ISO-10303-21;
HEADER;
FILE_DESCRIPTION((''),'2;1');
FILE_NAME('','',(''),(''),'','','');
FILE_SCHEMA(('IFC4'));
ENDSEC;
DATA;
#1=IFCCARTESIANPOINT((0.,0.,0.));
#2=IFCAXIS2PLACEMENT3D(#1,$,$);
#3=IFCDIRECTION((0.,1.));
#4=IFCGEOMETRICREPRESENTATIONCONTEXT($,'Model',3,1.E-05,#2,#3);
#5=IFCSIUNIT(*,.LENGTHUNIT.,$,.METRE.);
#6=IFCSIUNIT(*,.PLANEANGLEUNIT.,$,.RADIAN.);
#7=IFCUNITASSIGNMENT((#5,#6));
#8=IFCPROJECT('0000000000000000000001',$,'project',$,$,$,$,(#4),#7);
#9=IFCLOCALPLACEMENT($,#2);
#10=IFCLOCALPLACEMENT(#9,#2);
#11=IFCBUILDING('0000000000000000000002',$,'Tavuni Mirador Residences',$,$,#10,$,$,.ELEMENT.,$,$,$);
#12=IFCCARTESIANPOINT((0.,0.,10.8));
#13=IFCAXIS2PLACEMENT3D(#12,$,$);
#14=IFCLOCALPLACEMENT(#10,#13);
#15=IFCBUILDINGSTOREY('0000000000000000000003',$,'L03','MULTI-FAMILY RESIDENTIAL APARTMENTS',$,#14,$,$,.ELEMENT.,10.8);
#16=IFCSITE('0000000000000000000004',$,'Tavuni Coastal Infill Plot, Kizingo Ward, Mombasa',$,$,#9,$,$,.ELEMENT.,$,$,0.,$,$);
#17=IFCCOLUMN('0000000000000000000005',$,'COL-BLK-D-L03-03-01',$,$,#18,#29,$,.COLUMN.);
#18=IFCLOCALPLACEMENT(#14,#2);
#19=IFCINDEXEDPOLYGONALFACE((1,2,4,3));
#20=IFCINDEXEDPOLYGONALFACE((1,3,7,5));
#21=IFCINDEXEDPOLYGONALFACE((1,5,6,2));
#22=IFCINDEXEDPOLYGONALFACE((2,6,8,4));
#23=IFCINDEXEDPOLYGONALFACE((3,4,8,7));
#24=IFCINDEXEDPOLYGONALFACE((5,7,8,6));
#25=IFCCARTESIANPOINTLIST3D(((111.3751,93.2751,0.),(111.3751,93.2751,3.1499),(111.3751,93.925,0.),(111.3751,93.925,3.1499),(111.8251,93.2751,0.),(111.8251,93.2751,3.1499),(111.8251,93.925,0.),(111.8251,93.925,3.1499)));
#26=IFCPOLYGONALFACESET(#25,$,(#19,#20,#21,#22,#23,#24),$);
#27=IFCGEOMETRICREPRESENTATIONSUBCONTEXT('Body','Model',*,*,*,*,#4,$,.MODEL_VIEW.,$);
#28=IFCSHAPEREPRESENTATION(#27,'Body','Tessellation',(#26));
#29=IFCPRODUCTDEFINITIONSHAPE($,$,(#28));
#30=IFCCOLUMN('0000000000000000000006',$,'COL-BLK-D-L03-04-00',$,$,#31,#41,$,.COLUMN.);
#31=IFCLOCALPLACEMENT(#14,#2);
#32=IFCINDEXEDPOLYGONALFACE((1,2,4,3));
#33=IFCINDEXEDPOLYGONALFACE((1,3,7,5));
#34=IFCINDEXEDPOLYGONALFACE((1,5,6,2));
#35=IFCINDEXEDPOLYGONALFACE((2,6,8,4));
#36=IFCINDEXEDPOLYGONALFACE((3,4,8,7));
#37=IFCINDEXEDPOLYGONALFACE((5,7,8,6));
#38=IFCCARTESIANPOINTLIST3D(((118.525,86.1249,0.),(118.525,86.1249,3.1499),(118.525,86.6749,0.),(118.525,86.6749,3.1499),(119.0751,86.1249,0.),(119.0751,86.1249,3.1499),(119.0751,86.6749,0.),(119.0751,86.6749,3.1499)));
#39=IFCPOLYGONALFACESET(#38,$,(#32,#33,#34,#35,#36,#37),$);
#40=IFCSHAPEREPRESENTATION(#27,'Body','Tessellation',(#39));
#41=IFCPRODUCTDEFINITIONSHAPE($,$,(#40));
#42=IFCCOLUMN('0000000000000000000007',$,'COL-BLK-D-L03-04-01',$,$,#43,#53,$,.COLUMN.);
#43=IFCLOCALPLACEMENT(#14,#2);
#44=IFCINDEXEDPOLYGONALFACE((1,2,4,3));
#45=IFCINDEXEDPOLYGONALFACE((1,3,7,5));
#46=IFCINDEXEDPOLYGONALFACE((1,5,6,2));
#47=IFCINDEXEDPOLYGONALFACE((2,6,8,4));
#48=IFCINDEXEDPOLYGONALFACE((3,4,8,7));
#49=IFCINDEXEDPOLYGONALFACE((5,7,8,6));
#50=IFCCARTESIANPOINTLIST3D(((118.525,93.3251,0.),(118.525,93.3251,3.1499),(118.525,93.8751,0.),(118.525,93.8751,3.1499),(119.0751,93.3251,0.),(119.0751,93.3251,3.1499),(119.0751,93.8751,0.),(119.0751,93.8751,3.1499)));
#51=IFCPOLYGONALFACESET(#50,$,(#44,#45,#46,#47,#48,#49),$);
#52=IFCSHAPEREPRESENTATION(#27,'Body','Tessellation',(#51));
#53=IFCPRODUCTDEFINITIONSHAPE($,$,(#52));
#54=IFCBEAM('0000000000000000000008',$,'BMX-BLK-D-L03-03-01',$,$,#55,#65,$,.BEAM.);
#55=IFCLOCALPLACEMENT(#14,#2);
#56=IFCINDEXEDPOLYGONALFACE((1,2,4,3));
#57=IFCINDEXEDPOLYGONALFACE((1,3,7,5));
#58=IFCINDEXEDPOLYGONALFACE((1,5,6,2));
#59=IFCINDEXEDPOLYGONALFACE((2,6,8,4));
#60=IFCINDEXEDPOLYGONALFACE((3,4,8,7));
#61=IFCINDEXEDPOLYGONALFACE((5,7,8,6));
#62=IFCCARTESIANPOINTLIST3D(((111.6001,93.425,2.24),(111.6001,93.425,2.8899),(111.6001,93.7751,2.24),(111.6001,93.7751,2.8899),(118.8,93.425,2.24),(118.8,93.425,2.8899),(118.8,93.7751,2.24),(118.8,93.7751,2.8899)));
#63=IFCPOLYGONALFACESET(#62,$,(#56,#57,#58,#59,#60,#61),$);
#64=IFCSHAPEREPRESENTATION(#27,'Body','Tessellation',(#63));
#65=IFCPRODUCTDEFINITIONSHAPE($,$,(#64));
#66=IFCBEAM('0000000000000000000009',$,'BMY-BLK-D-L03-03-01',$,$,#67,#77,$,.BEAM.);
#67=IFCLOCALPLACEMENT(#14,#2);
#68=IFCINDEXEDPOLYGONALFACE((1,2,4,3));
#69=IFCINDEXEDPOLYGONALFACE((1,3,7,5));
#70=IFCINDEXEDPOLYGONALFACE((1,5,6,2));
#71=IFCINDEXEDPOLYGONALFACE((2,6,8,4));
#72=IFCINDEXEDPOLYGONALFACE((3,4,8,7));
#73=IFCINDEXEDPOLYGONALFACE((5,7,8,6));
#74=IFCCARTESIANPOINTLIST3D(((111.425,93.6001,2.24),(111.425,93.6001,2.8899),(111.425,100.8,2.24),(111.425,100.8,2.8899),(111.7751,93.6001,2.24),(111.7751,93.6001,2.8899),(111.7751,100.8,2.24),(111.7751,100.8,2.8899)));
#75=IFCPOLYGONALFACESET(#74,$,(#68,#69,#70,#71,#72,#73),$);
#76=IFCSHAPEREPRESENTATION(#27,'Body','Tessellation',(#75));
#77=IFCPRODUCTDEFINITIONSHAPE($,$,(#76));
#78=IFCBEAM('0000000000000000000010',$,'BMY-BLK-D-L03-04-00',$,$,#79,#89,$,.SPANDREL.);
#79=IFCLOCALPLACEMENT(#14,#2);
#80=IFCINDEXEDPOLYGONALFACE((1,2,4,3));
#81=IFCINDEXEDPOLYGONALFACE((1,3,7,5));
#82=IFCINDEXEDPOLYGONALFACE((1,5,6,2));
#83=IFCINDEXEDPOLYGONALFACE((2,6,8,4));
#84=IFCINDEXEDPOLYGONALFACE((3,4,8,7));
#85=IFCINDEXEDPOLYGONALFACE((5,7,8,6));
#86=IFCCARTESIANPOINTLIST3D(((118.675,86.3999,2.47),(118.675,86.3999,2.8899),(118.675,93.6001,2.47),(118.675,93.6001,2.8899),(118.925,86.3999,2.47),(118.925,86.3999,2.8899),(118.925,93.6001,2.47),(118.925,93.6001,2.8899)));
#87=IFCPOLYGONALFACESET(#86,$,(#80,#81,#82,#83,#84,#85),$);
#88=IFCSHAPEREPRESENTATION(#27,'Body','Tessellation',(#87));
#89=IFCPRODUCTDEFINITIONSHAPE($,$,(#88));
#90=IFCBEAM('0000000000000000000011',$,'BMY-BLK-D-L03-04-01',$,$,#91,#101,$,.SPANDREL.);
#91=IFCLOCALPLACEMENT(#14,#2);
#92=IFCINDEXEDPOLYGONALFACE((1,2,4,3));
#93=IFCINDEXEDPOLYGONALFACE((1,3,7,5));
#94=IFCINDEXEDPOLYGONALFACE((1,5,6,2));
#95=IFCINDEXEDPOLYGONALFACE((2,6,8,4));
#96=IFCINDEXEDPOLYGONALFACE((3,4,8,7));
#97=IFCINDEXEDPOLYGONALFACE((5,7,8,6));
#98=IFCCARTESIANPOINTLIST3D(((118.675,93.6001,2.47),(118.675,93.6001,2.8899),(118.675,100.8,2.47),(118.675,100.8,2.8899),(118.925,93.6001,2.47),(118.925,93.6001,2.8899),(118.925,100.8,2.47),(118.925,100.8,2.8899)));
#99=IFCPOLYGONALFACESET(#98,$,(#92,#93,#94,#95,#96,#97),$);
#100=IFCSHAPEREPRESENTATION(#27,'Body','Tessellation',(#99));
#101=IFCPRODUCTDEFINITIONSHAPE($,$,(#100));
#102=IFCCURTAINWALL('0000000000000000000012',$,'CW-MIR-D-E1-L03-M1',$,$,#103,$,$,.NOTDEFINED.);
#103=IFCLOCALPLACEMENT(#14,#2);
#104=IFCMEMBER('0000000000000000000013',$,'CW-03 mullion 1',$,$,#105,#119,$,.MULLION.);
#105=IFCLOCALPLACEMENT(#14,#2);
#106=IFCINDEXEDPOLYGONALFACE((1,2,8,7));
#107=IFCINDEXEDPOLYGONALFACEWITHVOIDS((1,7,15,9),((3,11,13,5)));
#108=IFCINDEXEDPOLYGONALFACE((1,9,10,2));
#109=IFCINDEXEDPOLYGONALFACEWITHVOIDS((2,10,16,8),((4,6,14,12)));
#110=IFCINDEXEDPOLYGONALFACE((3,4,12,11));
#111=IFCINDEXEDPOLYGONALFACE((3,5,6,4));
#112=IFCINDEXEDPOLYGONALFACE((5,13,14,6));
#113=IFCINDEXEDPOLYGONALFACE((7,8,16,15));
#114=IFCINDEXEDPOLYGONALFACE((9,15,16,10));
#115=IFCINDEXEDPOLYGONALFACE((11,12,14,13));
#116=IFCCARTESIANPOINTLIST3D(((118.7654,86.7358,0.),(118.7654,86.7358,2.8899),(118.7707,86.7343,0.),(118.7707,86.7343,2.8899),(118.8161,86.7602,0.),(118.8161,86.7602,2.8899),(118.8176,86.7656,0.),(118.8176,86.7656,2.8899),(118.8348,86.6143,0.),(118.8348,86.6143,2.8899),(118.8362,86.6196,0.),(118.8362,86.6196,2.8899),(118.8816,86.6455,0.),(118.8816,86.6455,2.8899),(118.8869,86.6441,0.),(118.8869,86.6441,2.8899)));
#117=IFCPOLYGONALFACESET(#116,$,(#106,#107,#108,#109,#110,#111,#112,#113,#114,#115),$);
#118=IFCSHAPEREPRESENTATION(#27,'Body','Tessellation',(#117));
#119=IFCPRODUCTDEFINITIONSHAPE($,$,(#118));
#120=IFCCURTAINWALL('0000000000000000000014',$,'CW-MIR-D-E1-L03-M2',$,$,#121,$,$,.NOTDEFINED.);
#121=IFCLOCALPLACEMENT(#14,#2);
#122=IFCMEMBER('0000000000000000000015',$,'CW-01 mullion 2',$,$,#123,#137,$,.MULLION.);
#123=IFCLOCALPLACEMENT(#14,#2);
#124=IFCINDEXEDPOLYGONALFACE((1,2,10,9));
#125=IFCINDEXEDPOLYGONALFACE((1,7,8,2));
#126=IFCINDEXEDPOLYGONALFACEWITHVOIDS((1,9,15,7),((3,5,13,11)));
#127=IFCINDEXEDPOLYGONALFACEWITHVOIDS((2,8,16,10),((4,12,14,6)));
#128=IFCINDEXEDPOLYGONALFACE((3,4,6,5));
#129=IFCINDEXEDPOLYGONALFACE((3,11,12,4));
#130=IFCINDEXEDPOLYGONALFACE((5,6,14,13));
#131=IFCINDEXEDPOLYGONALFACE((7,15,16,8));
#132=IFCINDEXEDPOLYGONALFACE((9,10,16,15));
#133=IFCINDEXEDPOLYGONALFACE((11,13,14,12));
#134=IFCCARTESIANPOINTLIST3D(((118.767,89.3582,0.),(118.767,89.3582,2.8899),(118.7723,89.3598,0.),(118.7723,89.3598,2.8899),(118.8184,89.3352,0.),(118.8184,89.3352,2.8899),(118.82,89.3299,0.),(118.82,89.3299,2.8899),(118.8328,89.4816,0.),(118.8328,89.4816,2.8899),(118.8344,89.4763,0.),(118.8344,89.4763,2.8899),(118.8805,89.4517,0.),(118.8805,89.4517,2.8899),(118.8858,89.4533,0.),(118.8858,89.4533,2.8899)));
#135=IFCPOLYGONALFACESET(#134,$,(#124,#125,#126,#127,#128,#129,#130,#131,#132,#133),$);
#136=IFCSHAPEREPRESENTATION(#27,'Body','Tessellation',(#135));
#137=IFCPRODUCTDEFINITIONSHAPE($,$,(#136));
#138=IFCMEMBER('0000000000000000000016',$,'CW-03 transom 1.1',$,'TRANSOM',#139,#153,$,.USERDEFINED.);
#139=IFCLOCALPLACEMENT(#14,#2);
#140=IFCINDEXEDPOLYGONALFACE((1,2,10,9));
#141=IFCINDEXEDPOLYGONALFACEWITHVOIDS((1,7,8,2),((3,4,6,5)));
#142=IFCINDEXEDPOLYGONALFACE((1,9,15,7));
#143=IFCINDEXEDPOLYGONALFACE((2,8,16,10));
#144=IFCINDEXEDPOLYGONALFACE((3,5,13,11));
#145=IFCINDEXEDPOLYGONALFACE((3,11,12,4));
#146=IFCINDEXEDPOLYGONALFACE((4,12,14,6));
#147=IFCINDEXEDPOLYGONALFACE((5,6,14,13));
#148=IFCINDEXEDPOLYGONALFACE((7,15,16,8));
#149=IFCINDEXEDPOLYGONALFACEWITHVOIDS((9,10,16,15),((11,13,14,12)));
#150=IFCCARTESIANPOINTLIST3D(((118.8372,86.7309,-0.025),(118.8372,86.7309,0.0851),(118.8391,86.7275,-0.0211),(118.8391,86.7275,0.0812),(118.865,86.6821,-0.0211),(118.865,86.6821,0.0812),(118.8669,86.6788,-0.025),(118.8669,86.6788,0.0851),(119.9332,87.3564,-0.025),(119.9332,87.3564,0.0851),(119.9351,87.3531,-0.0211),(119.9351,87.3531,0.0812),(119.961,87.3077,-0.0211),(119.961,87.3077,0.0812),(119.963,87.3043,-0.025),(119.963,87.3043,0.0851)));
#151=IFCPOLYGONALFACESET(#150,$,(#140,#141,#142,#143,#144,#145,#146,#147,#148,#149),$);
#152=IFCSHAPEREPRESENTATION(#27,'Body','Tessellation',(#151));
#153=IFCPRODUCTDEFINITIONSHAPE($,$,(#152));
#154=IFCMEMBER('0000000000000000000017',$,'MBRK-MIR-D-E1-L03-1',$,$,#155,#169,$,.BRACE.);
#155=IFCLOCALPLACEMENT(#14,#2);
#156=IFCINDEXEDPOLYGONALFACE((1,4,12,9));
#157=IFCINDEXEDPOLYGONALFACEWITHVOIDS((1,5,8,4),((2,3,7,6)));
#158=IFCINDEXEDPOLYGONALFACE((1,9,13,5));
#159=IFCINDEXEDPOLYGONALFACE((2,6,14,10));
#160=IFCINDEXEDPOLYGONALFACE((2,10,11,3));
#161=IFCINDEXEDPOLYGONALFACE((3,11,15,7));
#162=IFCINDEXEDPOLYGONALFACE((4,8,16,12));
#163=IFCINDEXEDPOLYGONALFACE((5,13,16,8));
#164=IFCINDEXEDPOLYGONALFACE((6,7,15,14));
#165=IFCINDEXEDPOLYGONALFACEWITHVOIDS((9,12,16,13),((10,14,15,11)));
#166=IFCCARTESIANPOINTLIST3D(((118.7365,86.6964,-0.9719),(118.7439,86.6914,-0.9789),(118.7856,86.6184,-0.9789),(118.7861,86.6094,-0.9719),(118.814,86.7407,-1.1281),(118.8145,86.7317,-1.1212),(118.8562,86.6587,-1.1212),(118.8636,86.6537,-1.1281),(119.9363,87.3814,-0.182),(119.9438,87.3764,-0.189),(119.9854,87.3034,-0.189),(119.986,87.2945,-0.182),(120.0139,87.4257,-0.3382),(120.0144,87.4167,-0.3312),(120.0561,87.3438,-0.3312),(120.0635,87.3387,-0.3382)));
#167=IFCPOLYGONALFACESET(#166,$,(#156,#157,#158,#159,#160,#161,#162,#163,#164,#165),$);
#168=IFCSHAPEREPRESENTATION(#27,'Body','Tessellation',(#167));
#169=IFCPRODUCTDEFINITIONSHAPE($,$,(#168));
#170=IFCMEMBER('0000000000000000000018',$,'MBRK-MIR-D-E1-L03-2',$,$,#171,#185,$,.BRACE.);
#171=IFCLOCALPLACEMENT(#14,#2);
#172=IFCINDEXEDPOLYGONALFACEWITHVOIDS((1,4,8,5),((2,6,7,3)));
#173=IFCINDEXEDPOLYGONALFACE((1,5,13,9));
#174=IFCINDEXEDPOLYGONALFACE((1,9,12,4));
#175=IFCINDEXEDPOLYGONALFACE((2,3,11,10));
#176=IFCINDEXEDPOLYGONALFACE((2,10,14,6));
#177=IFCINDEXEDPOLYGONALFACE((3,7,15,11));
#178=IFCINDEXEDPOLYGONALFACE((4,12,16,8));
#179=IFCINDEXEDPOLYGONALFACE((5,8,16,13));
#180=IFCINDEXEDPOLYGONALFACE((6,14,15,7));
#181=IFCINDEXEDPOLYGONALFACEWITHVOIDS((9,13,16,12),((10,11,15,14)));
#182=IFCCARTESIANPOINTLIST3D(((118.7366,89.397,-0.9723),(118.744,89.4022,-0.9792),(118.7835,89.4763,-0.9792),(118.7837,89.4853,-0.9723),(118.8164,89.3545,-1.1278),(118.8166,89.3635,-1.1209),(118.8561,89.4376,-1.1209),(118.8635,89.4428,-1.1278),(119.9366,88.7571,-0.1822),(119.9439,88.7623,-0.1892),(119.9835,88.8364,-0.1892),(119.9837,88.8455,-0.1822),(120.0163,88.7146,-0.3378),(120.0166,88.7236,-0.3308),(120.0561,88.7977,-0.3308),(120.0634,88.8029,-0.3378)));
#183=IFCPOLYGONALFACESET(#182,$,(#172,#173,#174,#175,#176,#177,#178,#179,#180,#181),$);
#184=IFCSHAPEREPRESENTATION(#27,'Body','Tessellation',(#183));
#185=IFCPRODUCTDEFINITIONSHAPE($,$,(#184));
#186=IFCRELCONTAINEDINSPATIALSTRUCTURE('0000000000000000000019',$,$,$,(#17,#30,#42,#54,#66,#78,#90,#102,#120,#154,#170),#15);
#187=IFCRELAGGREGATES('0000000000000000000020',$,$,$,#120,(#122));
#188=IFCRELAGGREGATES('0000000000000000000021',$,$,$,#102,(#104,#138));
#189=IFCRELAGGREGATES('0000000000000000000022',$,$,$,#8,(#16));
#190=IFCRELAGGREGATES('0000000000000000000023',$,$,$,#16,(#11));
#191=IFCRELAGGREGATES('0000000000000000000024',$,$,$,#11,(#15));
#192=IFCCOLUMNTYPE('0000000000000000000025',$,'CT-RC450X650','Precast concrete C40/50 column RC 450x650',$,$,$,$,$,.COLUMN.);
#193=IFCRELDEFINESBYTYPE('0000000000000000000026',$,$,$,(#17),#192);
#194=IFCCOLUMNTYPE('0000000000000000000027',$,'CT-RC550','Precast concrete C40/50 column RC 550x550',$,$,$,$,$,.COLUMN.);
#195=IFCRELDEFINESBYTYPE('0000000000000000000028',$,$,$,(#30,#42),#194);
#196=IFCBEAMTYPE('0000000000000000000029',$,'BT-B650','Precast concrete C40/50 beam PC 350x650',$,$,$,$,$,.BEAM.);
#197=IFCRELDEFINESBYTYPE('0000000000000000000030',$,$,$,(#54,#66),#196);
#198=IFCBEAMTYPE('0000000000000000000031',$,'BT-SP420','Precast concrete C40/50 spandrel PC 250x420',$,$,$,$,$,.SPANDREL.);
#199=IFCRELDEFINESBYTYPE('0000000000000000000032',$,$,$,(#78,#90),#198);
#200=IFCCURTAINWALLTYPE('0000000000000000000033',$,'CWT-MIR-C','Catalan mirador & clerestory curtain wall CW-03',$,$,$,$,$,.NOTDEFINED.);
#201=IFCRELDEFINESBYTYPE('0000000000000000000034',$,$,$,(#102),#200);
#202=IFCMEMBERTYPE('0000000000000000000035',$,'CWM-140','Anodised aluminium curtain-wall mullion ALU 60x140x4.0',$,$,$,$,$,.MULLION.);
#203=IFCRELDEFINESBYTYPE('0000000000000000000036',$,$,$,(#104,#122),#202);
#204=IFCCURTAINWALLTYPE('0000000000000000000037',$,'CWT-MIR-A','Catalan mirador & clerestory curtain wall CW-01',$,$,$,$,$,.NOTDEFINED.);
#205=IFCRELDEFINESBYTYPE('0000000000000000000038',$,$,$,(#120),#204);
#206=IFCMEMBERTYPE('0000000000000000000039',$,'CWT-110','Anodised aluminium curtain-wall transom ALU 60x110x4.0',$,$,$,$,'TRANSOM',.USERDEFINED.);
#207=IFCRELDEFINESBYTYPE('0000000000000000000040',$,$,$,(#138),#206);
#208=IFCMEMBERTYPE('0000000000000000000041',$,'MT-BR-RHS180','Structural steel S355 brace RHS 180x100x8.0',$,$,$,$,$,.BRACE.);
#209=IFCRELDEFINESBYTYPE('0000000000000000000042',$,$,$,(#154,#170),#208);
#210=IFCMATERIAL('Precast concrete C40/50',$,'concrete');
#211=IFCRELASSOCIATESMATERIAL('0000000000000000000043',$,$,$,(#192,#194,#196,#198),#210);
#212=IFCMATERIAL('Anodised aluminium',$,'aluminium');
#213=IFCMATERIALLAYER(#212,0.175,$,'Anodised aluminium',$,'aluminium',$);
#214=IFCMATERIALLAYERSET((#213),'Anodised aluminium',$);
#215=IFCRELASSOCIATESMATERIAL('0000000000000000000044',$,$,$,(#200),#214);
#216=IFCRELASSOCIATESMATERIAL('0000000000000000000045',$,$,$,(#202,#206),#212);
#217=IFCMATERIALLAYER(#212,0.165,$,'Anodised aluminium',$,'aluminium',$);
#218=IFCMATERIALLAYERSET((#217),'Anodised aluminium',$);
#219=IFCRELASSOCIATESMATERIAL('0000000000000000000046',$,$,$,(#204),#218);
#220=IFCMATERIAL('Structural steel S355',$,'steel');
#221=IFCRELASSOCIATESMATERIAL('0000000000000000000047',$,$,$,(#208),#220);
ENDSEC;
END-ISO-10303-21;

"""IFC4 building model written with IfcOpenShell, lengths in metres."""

from ifc_helpers import new_model, si_unit, direction, frame, origin, origin_2d, place, context, subcontext, project, spatial, rectangle, hollow_rectangle, extrude, material, layer, layer_set, material_profile, profile_set, type_object, element, aggregate, save


model = new_model("IFC4")

# Units and contexts
model_context = context("Model", 3, precision=1e-05, world=origin(), true_north=direction((0.0, 1.0)))
body_context = subcontext(model_context, "Body", "Model", "MODEL_VIEW")
ifc_project = project(units=[si_unit("LENGTHUNIT", "METRE"), si_unit("PLANEANGLEUNIT", "RADIAN")], contexts=[model_context])

# Site, building, storey
site_placement = place(None, origin())
site = spatial("IfcSite", under=ifc_project, at=site_placement, Name="Tavuni Coastal Infill Plot, Kizingo Ward, Mombasa", CompositionType="ELEMENT", RefElevation=0.0)
building_placement = place(site_placement, origin())
building = spatial("IfcBuilding", under=site, at=building_placement, Name="Tavuni Mirador Residences", CompositionType="ELEMENT")
storey_placement = place(building_placement, frame((0.0, 0.0, 10.8)))
storey = spatial("IfcBuildingStorey", under=building, at=storey_placement, Name="L03", Description="MULTI-FAMILY RESIDENTIAL APARTMENTS", CompositionType="ELEMENT", Elevation=10.8)

# Columns
ifc_material_1 = material(Name="Precast concrete C40/50", Category="concrete")
ifc_material_profile_1 = material_profile(ifc_material_1, rectangle(XDim=0.45, YDim=0.6499, at=origin_2d()), Name="RC 450x650", Category="concrete")
ifc_profile_set_1 = profile_set([ifc_material_profile_1], Name="Precast concrete C40/50")
column_type_1 = type_object("IfcColumnType", Name="CT-RC450X650", Description="Precast concrete C40/50 column RC 450x650", PredefinedType="COLUMN", material=ifc_profile_set_1)
column_placement = place(storey_placement, frame((111.6001, 93.6001, 0.0), z_axis=(0.0, 0.0, 1.0), x_axis=(1.0, 0.0, 0.0)))
element("IfcColumn", 1, at=column_placement, inside=storey, type_object=column_type_1, Name="COL-BLK-D-L03-03-01", PredefinedType="COLUMN", context=body_context, shape_type="SweptSolid", body=[
    extrude(rectangle(XDim=0.45, YDim=0.6499, at=origin_2d()), origin(), (0.0, 0.0, 1.0), 3.1499),
])
ifc_material_profile_2 = material_profile(ifc_material_1, rectangle(XDim=0.55, YDim=0.55, at=origin_2d()), Name="RC 550x550", Category="concrete")
ifc_profile_set_2 = profile_set([ifc_material_profile_2], Name="Precast concrete C40/50")
column_type_2 = type_object("IfcColumnType", Name="CT-RC550", Description="Precast concrete C40/50 column RC 550x550", PredefinedType="COLUMN", material=ifc_profile_set_2)
for number, where, z_axis, x_axis, name in (
    (2, (118.8, 86.3999, 0.0), (0.0, 0.0, 1.0), (1.0, 0.0, 0.0), "COL-BLK-D-L03-04-00"),
    (3, (118.8, 93.6001, 0.0), (0.0, 0.0, 1.0), (1.0, 0.0, 0.0), "COL-BLK-D-L03-04-01"),
):
    element("IfcColumn", number, at=place(storey_placement, frame(where, z_axis=z_axis, x_axis=x_axis)), inside=storey, type_object=column_type_2, Name=name, PredefinedType="COLUMN", context=body_context, shape_type="SweptSolid", body=[
        extrude(rectangle(XDim=0.55, YDim=0.55, at=origin_2d()), origin(), (0.0, 0.0, 1.0), 3.1499),
    ])

# Beams
ifc_material_profile_3 = material_profile(ifc_material_1, rectangle(XDim=0.3501, YDim=0.6499, at=origin_2d()), Name="PC 350x650", Category="concrete")
ifc_profile_set_3 = profile_set([ifc_material_profile_3], Name="Precast concrete C40/50")
beam_type_1 = type_object("IfcBeamType", Name="BT-B650", Description="Precast concrete C40/50 beam PC 350x650", PredefinedType="BEAM", material=ifc_profile_set_3)
for number, where, z_axis, x_axis, name in (
    (4, (111.6001, 93.6001, 2.5649), (1.0, 0.0, 0.0), (0.0, 1.0, 0.0), "BMX-BLK-D-L03-03-01"),
    (5, (111.6001, 93.6001, 2.5649), (0.0, 1.0, 0.0), (-1.0, 0.0, 0.0), "BMY-BLK-D-L03-03-01"),
):
    element("IfcBeam", number, at=place(storey_placement, frame(where, z_axis=z_axis, x_axis=x_axis)), inside=storey, type_object=beam_type_1, Name=name, PredefinedType="BEAM", context=body_context, shape_type="SweptSolid", body=[
        extrude(rectangle(XDim=0.3501, YDim=0.6499, at=origin_2d()), origin(), (0.0, 0.0, 1.0), 7.2),
    ])
ifc_material_profile_4 = material_profile(ifc_material_1, rectangle(XDim=0.25, YDim=0.4199, at=origin_2d()), Name="PC 250x420", Category="concrete")
ifc_profile_set_4 = profile_set([ifc_material_profile_4], Name="Precast concrete C40/50")
beam_type_2 = type_object("IfcBeamType", Name="BT-SP420", Description="Precast concrete C40/50 spandrel PC 250x420", PredefinedType="SPANDREL", material=ifc_profile_set_4)
beam_1_placement = place(storey_placement, frame((118.8, 86.3999, 2.6799), z_axis=(0.0, 1.0, 0.0), x_axis=(-1.0, 0.0, 0.0)))
element("IfcBeam", 6, at=beam_1_placement, inside=storey, type_object=beam_type_2, Name="BMY-BLK-D-L03-04-00", PredefinedType="SPANDREL", context=body_context, shape_type="SweptSolid", body=[
    extrude(rectangle(XDim=0.25, YDim=0.4199, at=origin_2d()), origin(), (0.0, 0.0, 1.0), 7.2002),
])
beam_2_placement = place(storey_placement, frame((118.8, 93.6001, 2.6799), z_axis=(0.0, 1.0, 0.0), x_axis=(-1.0, 0.0, 0.0)))
element("IfcBeam", 7, at=beam_2_placement, inside=storey, type_object=beam_type_2, Name="BMY-BLK-D-L03-04-01", PredefinedType="SPANDREL", context=body_context, shape_type="SweptSolid", body=[
    extrude(rectangle(XDim=0.25, YDim=0.4199, at=origin_2d()), origin(), (0.0, 0.0, 1.0), 7.2),
])

# Curtain walls, members
ifc_material_2 = material(Name="Anodised aluminium", Category="aluminium")
ifc_layer_1 = layer(ifc_material_2, 0.175, Name="Anodised aluminium", Category="aluminium")
ifc_layer_set_1 = layer_set([ifc_layer_1], Name="Anodised aluminium")
curtain_wall_type_1 = type_object("IfcCurtainWallType", Name="CWT-MIR-C", Description="Catalan mirador & clerestory curtain wall CW-03", PredefinedType="NOTDEFINED", material=ifc_layer_set_1)
curtain_wall_1_placement = place(storey_placement, origin())
curtain_wall_1 = element("IfcCurtainWall", 8, at=curtain_wall_1_placement, inside=storey, type_object=curtain_wall_type_1, Name="CW-MIR-D-E1-L03-M1", PredefinedType="NOTDEFINED")
ifc_material_profile_5 = material_profile(ifc_material_2, hollow_rectangle(XDim=0.0601, YDim=0.1399, WallThickness=0.0039, at=origin_2d()), Name="ALU 60x140x4.0", Category="aluminium")
ifc_profile_set_5 = profile_set([ifc_material_profile_5], Name="Anodised aluminium")
member_type_1 = type_object("IfcMemberType", Name="CWM-140", Description="Anodised aluminium curtain-wall mullion ALU 60x140x4.0", PredefinedType="MULLION", material=ifc_profile_set_5)
member_1_placement = place(storey_placement, frame((118.8262, 86.6899, 0.0), z_axis=(0.0, 0.0, 1.0), x_axis=(0.868466, 0.495749, 0.0)))
member_1 = element("IfcMember", 9, at=member_1_placement, type_object=member_type_1, Name="CW-03 mullion 1", PredefinedType="MULLION", context=body_context, shape_type="SweptSolid", body=[
    extrude(hollow_rectangle(XDim=0.0601, YDim=0.1399, WallThickness=0.0039, at=origin_2d()), origin(), (0.0, 0.0, 1.0), 2.8899),
])
ifc_layer_2 = layer(ifc_material_2, 0.165, Name="Anodised aluminium", Category="aluminium")
ifc_layer_set_2 = layer_set([ifc_layer_2], Name="Anodised aluminium")
curtain_wall_type_2 = type_object("IfcCurtainWallType", Name="CWT-MIR-A", Description="Catalan mirador & clerestory curtain wall CW-01", PredefinedType="NOTDEFINED", material=ifc_layer_set_2)
curtain_wall_2_placement = place(storey_placement, origin())
curtain_wall_2 = element("IfcCurtainWall", 10, at=curtain_wall_2_placement, inside=storey, type_object=curtain_wall_type_2, Name="CW-MIR-D-E1-L03-M2", PredefinedType="NOTDEFINED")
member_2_placement = place(storey_placement, frame((118.8264, 89.4058, 0.0), z_axis=(0.0, 0.0, 1.0), x_axis=(-0.882353, 0.470588, 0.0)))
member_2 = element("IfcMember", 11, at=member_2_placement, type_object=member_type_1, Name="CW-01 mullion 2", PredefinedType="MULLION", context=body_context, shape_type="SweptSolid", body=[
    extrude(hollow_rectangle(XDim=0.0601, YDim=0.1399, WallThickness=0.0039, at=origin_2d()), origin(), (0.0, 0.0, 1.0), 2.8899),
])
aggregate(curtain_wall_2, [member_2])

# Member
ifc_material_profile_6 = material_profile(ifc_material_2, hollow_rectangle(XDim=0.0601, YDim=0.1101, WallThickness=0.0039, at=origin_2d()), Name="ALU 60x110x4.0", Category="aluminium")
ifc_profile_set_6 = profile_set([ifc_material_profile_6], Name="Anodised aluminium")
member_type_2 = type_object("IfcMemberType", Name="CWT-110", Description="Anodised aluminium curtain-wall transom ALU 60x110x4.0", ElementType="TRANSOM", PredefinedType="USERDEFINED", material=ifc_profile_set_6)
member_3_placement = place(storey_placement, frame((118.8521, 86.7048, 0.03), z_axis=(0.868505, 0.49568, 0.0), x_axis=(-0.49568, 0.868505, 0.0)))
member_3 = element("IfcMember", 12, at=member_3_placement, type_object=member_type_2, Name="CW-03 transom 1.1", ObjectType="TRANSOM", PredefinedType="USERDEFINED", context=body_context, shape_type="SweptSolid", body=[
    extrude(hollow_rectangle(XDim=0.0601, YDim=0.1101, WallThickness=0.0039, at=origin_2d()), origin(), (0.0, 0.0, 1.0), 1.262),
])
aggregate(curtain_wall_1, [member_1, member_3])

# Members
ifc_material_3 = material(Name="Structural steel S355", Category="steel")
ifc_material_profile_7 = material_profile(ifc_material_3, hollow_rectangle(XDim=0.1001, YDim=0.1799, WallThickness=0.0081, at=origin_2d()), Name="RHS 180x100x8.0", Category="steel")
ifc_profile_set_7 = profile_set([ifc_material_profile_7], Name="Structural steel S355")
member_type_3 = type_object("IfcMemberType", Name="MT-BR-RHS180", Description="Structural steel S355 brace RHS 180x100x8.0", PredefinedType="BRACE", material=ifc_profile_set_7)
member_4_placement = place(storey_placement, frame((118.8, 86.675, -1.05), z_axis=(0.753904, 0.430408, 0.496365), x_axis=(-0.495796, 0.868439, 0.0)))
element("IfcMember", 13, at=member_4_placement, inside=storey, type_object=member_type_3, Name="MBRK-MIR-D-E1-L03-1", PredefinedType="BRACE", context=body_context, shape_type="SweptSolid", body=[
    extrude(hollow_rectangle(XDim=0.1001, YDim=0.1799, WallThickness=0.0081, at=origin_2d()), origin(), (0.0, 0.0, 1.0), 1.5916),
])
member_5_placement = place(storey_placement, frame((118.8, 89.4199, -1.05), z_axis=(0.762969, -0.406865, 0.502333), x_axis=(0.470542, 0.882378, 0.0)))
element("IfcMember", 14, at=member_5_placement, inside=storey, type_object=member_type_3, Name="MBRK-MIR-D-E1-L03-2", PredefinedType="BRACE", context=body_context, shape_type="SweptSolid", body=[
    extrude(hollow_rectangle(XDim=0.1001, YDim=0.1799, WallThickness=0.0081, at=origin_2d()), origin(), (0.0, 0.0, 1.0), 1.5728),
])

save(model, "model.ifc")
